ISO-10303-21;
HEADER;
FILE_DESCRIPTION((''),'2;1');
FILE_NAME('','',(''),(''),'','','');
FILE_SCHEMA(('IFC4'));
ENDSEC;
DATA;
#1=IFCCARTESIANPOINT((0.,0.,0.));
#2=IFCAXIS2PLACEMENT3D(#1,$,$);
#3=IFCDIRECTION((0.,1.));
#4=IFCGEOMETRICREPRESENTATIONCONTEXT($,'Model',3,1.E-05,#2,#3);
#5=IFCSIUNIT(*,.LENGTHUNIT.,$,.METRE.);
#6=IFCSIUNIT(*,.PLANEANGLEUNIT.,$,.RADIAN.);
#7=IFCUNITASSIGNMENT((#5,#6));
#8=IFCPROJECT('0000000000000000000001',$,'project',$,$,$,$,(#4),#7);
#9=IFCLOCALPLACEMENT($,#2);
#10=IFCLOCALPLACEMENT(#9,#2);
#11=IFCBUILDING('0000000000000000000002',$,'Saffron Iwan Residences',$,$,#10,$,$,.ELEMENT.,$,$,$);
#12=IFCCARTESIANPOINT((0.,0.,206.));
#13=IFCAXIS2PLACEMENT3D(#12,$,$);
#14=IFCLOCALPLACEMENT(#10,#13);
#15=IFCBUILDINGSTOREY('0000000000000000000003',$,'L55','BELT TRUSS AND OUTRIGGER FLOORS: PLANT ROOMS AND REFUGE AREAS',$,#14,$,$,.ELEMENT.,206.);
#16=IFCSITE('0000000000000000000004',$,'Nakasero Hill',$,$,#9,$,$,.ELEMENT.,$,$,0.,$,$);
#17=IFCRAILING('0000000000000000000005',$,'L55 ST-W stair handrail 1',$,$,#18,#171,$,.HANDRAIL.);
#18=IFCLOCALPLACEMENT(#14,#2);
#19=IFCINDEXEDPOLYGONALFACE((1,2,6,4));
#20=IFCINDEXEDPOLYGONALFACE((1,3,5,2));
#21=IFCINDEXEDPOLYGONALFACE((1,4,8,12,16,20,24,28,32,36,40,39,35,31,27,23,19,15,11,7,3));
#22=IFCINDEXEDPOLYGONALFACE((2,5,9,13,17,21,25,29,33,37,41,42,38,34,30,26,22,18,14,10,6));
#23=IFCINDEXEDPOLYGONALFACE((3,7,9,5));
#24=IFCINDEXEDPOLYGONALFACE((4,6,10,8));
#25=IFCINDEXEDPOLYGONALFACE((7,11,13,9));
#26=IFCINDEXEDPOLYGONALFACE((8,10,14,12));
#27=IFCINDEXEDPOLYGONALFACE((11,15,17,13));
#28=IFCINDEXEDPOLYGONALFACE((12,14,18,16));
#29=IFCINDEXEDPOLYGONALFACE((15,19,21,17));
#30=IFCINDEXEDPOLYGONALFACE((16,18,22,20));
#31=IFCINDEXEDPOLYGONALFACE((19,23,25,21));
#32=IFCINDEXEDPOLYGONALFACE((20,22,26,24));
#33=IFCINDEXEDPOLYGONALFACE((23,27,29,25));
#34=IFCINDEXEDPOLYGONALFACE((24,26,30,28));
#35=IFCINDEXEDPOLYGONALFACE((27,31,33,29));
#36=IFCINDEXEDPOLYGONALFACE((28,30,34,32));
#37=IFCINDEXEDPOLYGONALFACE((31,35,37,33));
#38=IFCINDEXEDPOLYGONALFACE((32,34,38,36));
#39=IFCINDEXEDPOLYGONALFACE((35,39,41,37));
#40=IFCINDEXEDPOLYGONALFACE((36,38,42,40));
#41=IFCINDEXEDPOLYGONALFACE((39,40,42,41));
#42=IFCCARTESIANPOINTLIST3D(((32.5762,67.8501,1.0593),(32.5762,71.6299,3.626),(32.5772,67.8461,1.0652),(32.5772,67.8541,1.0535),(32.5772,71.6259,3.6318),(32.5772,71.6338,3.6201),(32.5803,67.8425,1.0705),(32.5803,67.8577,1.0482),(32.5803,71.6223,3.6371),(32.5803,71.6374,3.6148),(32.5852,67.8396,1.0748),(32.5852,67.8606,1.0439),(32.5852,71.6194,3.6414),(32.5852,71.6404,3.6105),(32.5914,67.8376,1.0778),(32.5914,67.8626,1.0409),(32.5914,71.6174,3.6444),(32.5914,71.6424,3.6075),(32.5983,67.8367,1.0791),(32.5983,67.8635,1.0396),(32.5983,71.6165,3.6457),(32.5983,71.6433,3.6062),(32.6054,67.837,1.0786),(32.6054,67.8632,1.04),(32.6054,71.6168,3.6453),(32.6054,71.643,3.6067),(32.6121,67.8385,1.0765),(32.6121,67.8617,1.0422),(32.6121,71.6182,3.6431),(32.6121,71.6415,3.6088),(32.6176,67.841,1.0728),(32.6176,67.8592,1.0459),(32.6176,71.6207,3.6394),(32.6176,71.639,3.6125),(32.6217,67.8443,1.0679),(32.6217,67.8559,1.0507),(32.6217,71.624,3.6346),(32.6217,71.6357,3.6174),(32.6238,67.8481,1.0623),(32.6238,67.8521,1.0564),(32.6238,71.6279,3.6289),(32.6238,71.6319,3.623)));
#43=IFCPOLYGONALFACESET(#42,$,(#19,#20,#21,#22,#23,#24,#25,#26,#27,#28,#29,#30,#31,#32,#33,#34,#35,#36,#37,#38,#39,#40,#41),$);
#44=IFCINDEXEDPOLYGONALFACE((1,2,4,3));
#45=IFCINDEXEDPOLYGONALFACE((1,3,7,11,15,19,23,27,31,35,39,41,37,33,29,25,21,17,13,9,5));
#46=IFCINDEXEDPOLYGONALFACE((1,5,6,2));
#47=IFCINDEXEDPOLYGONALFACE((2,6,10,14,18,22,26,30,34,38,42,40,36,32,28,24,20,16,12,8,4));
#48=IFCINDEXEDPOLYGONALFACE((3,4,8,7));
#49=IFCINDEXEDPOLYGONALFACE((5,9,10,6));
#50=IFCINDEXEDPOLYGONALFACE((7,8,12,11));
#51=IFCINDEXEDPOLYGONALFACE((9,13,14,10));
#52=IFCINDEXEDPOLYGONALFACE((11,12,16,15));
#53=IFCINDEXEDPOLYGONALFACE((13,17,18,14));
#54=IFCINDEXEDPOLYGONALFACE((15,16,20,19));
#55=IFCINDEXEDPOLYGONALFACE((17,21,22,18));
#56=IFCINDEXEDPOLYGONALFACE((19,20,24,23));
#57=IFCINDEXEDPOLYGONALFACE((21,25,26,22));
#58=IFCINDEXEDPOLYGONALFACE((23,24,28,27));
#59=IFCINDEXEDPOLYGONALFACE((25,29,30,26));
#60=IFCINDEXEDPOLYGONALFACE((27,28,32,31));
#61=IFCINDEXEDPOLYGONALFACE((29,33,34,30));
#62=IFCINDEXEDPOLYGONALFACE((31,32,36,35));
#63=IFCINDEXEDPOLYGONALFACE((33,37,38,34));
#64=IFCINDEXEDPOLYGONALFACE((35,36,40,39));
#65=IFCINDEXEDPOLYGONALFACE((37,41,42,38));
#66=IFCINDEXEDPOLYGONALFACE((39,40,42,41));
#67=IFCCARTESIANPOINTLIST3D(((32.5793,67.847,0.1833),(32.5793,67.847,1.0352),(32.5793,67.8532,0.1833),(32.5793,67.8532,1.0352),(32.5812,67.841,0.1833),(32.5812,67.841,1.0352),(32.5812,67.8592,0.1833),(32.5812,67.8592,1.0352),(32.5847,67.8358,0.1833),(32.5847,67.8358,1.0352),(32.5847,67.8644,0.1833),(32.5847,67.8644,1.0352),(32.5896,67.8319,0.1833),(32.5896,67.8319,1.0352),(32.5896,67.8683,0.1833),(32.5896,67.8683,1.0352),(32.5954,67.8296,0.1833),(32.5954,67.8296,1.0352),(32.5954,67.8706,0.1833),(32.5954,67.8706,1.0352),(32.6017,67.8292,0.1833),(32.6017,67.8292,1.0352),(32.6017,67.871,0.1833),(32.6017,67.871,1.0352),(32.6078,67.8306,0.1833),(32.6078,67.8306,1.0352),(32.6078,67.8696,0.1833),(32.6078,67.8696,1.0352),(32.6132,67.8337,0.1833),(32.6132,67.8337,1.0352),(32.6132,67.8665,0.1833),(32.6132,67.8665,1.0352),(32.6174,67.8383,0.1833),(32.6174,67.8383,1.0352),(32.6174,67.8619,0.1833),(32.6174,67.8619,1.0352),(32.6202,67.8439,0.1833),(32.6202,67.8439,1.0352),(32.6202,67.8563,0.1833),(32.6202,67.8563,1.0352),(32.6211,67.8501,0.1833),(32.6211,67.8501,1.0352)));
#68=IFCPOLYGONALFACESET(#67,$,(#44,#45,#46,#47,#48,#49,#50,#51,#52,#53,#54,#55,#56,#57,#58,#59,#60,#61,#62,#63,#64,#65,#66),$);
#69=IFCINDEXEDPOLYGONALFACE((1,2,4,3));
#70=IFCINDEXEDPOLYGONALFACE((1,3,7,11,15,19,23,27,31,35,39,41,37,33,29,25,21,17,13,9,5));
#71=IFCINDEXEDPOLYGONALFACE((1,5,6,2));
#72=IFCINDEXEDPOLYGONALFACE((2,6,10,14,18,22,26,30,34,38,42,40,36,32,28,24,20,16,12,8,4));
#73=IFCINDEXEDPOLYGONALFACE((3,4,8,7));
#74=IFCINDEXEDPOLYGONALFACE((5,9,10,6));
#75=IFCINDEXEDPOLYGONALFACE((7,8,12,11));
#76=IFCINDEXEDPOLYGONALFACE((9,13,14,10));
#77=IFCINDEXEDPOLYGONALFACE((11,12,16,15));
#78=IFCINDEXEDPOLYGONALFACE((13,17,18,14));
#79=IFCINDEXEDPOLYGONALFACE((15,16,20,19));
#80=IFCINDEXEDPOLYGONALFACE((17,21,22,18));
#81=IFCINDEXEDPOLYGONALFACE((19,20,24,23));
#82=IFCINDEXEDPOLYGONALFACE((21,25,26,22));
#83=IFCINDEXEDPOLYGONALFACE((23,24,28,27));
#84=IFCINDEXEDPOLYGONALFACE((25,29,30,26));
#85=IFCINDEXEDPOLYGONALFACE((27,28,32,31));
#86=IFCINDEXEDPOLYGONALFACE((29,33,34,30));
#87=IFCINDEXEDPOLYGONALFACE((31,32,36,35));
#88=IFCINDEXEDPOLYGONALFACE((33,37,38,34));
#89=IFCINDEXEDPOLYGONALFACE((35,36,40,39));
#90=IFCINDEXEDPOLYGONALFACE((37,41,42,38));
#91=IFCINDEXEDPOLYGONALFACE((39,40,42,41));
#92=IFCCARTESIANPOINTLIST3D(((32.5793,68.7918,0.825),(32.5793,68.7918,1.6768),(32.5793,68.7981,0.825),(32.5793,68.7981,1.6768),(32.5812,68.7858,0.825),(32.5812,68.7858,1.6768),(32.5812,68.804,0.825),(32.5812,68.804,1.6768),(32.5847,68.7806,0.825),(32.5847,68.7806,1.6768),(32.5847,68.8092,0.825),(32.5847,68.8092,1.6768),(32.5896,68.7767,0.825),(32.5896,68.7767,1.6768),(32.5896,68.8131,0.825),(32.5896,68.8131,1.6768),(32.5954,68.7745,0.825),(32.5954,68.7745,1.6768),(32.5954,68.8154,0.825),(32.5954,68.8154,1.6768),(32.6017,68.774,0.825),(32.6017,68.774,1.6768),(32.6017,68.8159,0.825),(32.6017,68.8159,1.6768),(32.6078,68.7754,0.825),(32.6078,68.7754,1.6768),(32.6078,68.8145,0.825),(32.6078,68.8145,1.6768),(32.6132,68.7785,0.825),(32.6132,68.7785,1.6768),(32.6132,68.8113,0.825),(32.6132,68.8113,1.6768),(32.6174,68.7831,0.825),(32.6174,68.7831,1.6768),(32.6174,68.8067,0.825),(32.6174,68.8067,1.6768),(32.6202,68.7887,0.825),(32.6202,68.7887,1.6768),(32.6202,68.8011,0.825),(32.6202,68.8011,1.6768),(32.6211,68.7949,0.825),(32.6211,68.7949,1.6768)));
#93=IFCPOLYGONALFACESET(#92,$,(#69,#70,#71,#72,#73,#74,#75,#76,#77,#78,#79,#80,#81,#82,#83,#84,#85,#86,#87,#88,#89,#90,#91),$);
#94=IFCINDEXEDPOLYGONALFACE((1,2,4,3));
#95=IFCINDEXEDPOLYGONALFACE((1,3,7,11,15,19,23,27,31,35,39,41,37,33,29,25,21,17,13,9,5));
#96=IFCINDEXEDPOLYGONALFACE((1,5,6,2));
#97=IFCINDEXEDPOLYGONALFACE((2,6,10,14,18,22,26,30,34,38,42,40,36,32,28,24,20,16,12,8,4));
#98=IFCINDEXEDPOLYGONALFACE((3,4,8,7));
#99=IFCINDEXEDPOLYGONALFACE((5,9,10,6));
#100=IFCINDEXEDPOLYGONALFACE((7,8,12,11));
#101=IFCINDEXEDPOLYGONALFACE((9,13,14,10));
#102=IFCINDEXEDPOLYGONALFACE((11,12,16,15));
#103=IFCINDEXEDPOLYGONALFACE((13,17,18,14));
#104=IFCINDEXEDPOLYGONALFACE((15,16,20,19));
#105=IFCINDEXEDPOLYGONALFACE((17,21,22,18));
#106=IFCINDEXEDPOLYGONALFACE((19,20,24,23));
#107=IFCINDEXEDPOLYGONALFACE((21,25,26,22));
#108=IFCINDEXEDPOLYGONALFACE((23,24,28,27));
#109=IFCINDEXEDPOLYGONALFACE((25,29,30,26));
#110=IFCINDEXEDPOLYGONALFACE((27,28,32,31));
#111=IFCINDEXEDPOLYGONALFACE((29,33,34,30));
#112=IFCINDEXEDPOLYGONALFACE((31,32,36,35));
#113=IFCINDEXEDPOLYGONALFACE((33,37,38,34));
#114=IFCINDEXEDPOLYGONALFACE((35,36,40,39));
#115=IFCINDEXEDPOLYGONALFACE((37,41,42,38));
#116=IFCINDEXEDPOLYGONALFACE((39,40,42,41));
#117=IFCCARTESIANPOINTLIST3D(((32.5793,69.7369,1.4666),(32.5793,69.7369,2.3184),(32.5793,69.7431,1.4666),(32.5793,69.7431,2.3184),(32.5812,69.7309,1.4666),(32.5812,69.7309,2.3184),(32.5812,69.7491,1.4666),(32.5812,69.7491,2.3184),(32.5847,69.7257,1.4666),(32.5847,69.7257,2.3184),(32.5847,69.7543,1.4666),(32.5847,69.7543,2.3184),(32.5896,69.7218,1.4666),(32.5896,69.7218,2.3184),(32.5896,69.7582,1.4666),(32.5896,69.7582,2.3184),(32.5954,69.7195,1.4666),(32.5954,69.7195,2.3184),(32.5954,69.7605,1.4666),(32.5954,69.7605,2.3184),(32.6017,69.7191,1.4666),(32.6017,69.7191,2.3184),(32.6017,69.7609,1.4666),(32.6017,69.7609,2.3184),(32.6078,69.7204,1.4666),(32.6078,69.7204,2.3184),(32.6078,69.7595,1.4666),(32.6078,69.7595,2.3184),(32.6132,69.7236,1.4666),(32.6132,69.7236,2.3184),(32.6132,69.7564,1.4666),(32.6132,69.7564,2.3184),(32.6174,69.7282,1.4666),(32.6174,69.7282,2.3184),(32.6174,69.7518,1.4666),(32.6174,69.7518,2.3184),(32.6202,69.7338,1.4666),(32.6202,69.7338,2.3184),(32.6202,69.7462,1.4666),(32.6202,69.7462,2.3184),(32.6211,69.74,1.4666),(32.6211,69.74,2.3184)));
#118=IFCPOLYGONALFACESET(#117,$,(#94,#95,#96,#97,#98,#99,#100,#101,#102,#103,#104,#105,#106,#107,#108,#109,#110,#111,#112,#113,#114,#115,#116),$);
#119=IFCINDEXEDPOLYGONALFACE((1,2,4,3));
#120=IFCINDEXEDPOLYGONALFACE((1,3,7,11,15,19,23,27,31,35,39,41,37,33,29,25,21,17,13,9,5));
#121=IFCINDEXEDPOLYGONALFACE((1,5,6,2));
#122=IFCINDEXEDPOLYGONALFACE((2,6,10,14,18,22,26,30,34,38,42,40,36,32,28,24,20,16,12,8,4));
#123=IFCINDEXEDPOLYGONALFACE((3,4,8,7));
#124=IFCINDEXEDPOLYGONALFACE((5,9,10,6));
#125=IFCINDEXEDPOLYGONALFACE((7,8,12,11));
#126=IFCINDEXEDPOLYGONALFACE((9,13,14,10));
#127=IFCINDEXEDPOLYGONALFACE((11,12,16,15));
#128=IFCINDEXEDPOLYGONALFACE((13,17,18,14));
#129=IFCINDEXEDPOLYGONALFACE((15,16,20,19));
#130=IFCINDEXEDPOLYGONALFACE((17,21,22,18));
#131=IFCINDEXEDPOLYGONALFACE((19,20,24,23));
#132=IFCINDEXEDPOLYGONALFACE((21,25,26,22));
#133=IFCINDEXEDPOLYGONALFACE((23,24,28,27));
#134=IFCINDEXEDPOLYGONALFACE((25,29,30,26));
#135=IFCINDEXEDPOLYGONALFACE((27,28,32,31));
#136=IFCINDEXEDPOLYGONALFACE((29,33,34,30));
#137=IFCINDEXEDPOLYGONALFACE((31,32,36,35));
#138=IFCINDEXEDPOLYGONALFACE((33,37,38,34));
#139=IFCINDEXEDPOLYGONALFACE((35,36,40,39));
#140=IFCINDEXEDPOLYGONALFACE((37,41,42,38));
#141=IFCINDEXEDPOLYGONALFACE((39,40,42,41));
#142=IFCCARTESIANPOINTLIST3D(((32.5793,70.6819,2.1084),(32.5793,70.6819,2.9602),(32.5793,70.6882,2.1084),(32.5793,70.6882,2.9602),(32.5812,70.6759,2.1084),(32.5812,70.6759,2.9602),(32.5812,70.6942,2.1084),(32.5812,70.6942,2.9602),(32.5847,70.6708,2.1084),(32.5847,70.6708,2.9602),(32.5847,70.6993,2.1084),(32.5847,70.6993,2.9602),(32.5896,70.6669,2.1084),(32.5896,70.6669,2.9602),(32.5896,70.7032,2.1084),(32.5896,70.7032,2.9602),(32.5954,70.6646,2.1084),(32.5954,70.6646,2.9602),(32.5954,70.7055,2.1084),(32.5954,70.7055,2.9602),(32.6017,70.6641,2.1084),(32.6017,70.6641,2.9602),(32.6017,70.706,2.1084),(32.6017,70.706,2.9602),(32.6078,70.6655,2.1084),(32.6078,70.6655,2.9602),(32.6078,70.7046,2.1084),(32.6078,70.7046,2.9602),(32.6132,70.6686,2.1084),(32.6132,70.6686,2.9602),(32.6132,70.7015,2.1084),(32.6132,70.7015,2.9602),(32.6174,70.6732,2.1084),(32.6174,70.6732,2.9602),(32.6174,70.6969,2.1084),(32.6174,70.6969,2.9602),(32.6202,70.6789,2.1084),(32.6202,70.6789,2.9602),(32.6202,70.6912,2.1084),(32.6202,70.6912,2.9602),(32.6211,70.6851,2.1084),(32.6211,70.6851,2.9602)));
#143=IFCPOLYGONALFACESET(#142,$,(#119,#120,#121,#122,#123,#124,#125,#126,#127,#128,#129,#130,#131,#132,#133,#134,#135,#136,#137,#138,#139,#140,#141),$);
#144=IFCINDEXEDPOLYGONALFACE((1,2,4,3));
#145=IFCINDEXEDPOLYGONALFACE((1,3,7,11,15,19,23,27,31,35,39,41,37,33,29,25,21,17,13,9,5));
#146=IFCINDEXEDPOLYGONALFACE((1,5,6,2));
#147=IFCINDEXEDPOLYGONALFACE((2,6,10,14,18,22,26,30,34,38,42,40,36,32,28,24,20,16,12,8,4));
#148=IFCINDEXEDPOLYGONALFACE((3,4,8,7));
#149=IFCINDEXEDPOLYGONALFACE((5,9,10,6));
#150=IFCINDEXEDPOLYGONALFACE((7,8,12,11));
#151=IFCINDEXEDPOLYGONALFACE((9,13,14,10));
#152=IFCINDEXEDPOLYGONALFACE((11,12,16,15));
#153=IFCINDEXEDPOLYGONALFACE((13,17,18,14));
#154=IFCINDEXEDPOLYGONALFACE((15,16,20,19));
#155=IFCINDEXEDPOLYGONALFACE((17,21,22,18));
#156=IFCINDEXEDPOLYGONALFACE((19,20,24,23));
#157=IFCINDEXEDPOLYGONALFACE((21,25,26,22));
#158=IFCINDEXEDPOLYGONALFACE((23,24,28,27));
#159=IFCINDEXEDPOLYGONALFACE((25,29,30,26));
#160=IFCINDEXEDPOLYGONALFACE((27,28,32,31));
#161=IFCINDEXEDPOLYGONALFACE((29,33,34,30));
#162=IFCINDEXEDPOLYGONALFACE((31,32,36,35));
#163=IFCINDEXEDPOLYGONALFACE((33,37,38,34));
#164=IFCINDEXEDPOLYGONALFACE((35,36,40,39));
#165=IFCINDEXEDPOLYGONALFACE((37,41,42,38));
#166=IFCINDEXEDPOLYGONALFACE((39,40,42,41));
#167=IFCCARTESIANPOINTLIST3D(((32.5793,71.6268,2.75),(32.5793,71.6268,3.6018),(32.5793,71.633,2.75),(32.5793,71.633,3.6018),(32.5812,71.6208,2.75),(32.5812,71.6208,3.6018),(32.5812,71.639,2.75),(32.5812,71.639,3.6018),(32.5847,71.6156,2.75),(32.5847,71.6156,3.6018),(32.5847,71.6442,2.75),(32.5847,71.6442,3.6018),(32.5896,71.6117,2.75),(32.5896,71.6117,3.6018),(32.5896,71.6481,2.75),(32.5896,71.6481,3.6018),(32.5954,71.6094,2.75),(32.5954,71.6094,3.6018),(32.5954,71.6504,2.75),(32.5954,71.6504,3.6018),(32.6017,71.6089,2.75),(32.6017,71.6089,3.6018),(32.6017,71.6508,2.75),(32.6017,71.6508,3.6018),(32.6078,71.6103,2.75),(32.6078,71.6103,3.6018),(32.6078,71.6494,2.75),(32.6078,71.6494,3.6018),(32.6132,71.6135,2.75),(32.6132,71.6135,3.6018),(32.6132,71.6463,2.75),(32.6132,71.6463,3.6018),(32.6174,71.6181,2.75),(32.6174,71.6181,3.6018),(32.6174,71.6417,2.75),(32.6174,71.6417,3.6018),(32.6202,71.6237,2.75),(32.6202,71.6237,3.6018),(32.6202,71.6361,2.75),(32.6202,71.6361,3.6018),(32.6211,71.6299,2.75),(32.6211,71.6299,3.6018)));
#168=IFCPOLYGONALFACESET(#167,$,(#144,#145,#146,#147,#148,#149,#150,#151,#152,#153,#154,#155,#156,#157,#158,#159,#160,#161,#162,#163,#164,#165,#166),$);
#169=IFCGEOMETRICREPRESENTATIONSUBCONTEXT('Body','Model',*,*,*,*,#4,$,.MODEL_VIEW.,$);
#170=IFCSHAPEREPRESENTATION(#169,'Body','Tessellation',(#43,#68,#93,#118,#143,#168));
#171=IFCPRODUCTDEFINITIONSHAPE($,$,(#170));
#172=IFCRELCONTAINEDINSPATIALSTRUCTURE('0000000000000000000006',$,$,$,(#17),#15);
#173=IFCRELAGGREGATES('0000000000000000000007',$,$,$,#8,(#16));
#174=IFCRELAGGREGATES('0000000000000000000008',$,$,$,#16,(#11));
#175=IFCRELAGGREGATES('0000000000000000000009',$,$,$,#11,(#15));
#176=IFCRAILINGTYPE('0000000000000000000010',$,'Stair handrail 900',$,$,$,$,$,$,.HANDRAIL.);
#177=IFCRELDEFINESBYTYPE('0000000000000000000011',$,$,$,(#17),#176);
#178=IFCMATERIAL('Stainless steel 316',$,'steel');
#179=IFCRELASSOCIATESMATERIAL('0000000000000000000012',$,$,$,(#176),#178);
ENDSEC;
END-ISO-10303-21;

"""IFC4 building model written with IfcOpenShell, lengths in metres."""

from ifc_helpers import new_model, si_unit, direction, frame, origin, origin_2d, place, context, subcontext, project, spatial, circle, extrude, material, type_object, element, save


model = new_model("IFC4")

# Units and contexts
model_context = context("Model", 3, precision=1e-05, world=origin(), true_north=direction((0.0, 1.0)))
body_context = subcontext(model_context, "Body", "Model", "MODEL_VIEW")
ifc_project = project(units=[si_unit("LENGTHUNIT", "METRE"), si_unit("PLANEANGLEUNIT", "RADIAN")], contexts=[model_context])

# Site, building, storey
site_placement = place(None, origin())
site = spatial("IfcSite", under=ifc_project, at=site_placement, Name="Nakasero Hill", CompositionType="ELEMENT", RefElevation=0.0)
building_placement = place(site_placement, origin())
building = spatial("IfcBuilding", under=site, at=building_placement, Name="Saffron Iwan Residences", CompositionType="ELEMENT")
storey_placement = place(building_placement, frame((0.0, 0.0, 206.0)))
storey = spatial("IfcBuildingStorey", under=building, at=storey_placement, Name="L55", Description="BELT TRUSS AND OUTRIGGER FLOORS: PLANT ROOMS AND REFUGE AREAS", CompositionType="ELEMENT", Elevation=206.0)

# Railing
ifc_material_1 = material(Name="Stainless steel 316", Category="steel")
railing_type_1 = type_object("IfcRailingType", Name="Stair handrail 900", PredefinedType="HANDRAIL", material=ifc_material_1)
railing_1_placement = place(storey_placement, frame((32.6001, 67.8501, 0.1833)))
element("IfcRailing", 1, at=railing_1_placement, inside=storey, type_object=railing_type_1, Name="L55 ST-W stair handrail 1", PredefinedType="HANDRAIL", context=body_context, shape_type="SweptSolid", body=[
    extrude(circle(Radius=0.0239, at=origin_2d()), frame((0.0, 0.0, 0.876), z_axis=(0.0, 0.827293, 0.561771), x_axis=(-1.0, 0.0, 0.0)), (0.0, 0.0, 1.0), 4.5688),
    extrude(circle(Radius=0.021, at=origin_2d()), origin(), (0.0, 0.0, 1.0), 0.8518),
    extrude(circle(Radius=0.021, at=origin_2d()), frame((0.0, 0.9448, 0.6416)), (0.0, 0.0, 1.0), 0.8518),
    extrude(circle(Radius=0.021, at=origin_2d()), frame((0.0, 1.8899, 1.2832)), (0.0, 0.0, 1.0), 0.8518),
    extrude(circle(Radius=0.021, at=origin_2d()), frame((0.0, 2.835, 1.925)), (0.0, 0.0, 1.0), 0.8518),
    extrude(circle(Radius=0.021, at=origin_2d()), frame((0.0, 3.7798, 2.5667)), (0.0, 0.0, 1.0), 0.8518),
])

save(model, "model.ifc")
